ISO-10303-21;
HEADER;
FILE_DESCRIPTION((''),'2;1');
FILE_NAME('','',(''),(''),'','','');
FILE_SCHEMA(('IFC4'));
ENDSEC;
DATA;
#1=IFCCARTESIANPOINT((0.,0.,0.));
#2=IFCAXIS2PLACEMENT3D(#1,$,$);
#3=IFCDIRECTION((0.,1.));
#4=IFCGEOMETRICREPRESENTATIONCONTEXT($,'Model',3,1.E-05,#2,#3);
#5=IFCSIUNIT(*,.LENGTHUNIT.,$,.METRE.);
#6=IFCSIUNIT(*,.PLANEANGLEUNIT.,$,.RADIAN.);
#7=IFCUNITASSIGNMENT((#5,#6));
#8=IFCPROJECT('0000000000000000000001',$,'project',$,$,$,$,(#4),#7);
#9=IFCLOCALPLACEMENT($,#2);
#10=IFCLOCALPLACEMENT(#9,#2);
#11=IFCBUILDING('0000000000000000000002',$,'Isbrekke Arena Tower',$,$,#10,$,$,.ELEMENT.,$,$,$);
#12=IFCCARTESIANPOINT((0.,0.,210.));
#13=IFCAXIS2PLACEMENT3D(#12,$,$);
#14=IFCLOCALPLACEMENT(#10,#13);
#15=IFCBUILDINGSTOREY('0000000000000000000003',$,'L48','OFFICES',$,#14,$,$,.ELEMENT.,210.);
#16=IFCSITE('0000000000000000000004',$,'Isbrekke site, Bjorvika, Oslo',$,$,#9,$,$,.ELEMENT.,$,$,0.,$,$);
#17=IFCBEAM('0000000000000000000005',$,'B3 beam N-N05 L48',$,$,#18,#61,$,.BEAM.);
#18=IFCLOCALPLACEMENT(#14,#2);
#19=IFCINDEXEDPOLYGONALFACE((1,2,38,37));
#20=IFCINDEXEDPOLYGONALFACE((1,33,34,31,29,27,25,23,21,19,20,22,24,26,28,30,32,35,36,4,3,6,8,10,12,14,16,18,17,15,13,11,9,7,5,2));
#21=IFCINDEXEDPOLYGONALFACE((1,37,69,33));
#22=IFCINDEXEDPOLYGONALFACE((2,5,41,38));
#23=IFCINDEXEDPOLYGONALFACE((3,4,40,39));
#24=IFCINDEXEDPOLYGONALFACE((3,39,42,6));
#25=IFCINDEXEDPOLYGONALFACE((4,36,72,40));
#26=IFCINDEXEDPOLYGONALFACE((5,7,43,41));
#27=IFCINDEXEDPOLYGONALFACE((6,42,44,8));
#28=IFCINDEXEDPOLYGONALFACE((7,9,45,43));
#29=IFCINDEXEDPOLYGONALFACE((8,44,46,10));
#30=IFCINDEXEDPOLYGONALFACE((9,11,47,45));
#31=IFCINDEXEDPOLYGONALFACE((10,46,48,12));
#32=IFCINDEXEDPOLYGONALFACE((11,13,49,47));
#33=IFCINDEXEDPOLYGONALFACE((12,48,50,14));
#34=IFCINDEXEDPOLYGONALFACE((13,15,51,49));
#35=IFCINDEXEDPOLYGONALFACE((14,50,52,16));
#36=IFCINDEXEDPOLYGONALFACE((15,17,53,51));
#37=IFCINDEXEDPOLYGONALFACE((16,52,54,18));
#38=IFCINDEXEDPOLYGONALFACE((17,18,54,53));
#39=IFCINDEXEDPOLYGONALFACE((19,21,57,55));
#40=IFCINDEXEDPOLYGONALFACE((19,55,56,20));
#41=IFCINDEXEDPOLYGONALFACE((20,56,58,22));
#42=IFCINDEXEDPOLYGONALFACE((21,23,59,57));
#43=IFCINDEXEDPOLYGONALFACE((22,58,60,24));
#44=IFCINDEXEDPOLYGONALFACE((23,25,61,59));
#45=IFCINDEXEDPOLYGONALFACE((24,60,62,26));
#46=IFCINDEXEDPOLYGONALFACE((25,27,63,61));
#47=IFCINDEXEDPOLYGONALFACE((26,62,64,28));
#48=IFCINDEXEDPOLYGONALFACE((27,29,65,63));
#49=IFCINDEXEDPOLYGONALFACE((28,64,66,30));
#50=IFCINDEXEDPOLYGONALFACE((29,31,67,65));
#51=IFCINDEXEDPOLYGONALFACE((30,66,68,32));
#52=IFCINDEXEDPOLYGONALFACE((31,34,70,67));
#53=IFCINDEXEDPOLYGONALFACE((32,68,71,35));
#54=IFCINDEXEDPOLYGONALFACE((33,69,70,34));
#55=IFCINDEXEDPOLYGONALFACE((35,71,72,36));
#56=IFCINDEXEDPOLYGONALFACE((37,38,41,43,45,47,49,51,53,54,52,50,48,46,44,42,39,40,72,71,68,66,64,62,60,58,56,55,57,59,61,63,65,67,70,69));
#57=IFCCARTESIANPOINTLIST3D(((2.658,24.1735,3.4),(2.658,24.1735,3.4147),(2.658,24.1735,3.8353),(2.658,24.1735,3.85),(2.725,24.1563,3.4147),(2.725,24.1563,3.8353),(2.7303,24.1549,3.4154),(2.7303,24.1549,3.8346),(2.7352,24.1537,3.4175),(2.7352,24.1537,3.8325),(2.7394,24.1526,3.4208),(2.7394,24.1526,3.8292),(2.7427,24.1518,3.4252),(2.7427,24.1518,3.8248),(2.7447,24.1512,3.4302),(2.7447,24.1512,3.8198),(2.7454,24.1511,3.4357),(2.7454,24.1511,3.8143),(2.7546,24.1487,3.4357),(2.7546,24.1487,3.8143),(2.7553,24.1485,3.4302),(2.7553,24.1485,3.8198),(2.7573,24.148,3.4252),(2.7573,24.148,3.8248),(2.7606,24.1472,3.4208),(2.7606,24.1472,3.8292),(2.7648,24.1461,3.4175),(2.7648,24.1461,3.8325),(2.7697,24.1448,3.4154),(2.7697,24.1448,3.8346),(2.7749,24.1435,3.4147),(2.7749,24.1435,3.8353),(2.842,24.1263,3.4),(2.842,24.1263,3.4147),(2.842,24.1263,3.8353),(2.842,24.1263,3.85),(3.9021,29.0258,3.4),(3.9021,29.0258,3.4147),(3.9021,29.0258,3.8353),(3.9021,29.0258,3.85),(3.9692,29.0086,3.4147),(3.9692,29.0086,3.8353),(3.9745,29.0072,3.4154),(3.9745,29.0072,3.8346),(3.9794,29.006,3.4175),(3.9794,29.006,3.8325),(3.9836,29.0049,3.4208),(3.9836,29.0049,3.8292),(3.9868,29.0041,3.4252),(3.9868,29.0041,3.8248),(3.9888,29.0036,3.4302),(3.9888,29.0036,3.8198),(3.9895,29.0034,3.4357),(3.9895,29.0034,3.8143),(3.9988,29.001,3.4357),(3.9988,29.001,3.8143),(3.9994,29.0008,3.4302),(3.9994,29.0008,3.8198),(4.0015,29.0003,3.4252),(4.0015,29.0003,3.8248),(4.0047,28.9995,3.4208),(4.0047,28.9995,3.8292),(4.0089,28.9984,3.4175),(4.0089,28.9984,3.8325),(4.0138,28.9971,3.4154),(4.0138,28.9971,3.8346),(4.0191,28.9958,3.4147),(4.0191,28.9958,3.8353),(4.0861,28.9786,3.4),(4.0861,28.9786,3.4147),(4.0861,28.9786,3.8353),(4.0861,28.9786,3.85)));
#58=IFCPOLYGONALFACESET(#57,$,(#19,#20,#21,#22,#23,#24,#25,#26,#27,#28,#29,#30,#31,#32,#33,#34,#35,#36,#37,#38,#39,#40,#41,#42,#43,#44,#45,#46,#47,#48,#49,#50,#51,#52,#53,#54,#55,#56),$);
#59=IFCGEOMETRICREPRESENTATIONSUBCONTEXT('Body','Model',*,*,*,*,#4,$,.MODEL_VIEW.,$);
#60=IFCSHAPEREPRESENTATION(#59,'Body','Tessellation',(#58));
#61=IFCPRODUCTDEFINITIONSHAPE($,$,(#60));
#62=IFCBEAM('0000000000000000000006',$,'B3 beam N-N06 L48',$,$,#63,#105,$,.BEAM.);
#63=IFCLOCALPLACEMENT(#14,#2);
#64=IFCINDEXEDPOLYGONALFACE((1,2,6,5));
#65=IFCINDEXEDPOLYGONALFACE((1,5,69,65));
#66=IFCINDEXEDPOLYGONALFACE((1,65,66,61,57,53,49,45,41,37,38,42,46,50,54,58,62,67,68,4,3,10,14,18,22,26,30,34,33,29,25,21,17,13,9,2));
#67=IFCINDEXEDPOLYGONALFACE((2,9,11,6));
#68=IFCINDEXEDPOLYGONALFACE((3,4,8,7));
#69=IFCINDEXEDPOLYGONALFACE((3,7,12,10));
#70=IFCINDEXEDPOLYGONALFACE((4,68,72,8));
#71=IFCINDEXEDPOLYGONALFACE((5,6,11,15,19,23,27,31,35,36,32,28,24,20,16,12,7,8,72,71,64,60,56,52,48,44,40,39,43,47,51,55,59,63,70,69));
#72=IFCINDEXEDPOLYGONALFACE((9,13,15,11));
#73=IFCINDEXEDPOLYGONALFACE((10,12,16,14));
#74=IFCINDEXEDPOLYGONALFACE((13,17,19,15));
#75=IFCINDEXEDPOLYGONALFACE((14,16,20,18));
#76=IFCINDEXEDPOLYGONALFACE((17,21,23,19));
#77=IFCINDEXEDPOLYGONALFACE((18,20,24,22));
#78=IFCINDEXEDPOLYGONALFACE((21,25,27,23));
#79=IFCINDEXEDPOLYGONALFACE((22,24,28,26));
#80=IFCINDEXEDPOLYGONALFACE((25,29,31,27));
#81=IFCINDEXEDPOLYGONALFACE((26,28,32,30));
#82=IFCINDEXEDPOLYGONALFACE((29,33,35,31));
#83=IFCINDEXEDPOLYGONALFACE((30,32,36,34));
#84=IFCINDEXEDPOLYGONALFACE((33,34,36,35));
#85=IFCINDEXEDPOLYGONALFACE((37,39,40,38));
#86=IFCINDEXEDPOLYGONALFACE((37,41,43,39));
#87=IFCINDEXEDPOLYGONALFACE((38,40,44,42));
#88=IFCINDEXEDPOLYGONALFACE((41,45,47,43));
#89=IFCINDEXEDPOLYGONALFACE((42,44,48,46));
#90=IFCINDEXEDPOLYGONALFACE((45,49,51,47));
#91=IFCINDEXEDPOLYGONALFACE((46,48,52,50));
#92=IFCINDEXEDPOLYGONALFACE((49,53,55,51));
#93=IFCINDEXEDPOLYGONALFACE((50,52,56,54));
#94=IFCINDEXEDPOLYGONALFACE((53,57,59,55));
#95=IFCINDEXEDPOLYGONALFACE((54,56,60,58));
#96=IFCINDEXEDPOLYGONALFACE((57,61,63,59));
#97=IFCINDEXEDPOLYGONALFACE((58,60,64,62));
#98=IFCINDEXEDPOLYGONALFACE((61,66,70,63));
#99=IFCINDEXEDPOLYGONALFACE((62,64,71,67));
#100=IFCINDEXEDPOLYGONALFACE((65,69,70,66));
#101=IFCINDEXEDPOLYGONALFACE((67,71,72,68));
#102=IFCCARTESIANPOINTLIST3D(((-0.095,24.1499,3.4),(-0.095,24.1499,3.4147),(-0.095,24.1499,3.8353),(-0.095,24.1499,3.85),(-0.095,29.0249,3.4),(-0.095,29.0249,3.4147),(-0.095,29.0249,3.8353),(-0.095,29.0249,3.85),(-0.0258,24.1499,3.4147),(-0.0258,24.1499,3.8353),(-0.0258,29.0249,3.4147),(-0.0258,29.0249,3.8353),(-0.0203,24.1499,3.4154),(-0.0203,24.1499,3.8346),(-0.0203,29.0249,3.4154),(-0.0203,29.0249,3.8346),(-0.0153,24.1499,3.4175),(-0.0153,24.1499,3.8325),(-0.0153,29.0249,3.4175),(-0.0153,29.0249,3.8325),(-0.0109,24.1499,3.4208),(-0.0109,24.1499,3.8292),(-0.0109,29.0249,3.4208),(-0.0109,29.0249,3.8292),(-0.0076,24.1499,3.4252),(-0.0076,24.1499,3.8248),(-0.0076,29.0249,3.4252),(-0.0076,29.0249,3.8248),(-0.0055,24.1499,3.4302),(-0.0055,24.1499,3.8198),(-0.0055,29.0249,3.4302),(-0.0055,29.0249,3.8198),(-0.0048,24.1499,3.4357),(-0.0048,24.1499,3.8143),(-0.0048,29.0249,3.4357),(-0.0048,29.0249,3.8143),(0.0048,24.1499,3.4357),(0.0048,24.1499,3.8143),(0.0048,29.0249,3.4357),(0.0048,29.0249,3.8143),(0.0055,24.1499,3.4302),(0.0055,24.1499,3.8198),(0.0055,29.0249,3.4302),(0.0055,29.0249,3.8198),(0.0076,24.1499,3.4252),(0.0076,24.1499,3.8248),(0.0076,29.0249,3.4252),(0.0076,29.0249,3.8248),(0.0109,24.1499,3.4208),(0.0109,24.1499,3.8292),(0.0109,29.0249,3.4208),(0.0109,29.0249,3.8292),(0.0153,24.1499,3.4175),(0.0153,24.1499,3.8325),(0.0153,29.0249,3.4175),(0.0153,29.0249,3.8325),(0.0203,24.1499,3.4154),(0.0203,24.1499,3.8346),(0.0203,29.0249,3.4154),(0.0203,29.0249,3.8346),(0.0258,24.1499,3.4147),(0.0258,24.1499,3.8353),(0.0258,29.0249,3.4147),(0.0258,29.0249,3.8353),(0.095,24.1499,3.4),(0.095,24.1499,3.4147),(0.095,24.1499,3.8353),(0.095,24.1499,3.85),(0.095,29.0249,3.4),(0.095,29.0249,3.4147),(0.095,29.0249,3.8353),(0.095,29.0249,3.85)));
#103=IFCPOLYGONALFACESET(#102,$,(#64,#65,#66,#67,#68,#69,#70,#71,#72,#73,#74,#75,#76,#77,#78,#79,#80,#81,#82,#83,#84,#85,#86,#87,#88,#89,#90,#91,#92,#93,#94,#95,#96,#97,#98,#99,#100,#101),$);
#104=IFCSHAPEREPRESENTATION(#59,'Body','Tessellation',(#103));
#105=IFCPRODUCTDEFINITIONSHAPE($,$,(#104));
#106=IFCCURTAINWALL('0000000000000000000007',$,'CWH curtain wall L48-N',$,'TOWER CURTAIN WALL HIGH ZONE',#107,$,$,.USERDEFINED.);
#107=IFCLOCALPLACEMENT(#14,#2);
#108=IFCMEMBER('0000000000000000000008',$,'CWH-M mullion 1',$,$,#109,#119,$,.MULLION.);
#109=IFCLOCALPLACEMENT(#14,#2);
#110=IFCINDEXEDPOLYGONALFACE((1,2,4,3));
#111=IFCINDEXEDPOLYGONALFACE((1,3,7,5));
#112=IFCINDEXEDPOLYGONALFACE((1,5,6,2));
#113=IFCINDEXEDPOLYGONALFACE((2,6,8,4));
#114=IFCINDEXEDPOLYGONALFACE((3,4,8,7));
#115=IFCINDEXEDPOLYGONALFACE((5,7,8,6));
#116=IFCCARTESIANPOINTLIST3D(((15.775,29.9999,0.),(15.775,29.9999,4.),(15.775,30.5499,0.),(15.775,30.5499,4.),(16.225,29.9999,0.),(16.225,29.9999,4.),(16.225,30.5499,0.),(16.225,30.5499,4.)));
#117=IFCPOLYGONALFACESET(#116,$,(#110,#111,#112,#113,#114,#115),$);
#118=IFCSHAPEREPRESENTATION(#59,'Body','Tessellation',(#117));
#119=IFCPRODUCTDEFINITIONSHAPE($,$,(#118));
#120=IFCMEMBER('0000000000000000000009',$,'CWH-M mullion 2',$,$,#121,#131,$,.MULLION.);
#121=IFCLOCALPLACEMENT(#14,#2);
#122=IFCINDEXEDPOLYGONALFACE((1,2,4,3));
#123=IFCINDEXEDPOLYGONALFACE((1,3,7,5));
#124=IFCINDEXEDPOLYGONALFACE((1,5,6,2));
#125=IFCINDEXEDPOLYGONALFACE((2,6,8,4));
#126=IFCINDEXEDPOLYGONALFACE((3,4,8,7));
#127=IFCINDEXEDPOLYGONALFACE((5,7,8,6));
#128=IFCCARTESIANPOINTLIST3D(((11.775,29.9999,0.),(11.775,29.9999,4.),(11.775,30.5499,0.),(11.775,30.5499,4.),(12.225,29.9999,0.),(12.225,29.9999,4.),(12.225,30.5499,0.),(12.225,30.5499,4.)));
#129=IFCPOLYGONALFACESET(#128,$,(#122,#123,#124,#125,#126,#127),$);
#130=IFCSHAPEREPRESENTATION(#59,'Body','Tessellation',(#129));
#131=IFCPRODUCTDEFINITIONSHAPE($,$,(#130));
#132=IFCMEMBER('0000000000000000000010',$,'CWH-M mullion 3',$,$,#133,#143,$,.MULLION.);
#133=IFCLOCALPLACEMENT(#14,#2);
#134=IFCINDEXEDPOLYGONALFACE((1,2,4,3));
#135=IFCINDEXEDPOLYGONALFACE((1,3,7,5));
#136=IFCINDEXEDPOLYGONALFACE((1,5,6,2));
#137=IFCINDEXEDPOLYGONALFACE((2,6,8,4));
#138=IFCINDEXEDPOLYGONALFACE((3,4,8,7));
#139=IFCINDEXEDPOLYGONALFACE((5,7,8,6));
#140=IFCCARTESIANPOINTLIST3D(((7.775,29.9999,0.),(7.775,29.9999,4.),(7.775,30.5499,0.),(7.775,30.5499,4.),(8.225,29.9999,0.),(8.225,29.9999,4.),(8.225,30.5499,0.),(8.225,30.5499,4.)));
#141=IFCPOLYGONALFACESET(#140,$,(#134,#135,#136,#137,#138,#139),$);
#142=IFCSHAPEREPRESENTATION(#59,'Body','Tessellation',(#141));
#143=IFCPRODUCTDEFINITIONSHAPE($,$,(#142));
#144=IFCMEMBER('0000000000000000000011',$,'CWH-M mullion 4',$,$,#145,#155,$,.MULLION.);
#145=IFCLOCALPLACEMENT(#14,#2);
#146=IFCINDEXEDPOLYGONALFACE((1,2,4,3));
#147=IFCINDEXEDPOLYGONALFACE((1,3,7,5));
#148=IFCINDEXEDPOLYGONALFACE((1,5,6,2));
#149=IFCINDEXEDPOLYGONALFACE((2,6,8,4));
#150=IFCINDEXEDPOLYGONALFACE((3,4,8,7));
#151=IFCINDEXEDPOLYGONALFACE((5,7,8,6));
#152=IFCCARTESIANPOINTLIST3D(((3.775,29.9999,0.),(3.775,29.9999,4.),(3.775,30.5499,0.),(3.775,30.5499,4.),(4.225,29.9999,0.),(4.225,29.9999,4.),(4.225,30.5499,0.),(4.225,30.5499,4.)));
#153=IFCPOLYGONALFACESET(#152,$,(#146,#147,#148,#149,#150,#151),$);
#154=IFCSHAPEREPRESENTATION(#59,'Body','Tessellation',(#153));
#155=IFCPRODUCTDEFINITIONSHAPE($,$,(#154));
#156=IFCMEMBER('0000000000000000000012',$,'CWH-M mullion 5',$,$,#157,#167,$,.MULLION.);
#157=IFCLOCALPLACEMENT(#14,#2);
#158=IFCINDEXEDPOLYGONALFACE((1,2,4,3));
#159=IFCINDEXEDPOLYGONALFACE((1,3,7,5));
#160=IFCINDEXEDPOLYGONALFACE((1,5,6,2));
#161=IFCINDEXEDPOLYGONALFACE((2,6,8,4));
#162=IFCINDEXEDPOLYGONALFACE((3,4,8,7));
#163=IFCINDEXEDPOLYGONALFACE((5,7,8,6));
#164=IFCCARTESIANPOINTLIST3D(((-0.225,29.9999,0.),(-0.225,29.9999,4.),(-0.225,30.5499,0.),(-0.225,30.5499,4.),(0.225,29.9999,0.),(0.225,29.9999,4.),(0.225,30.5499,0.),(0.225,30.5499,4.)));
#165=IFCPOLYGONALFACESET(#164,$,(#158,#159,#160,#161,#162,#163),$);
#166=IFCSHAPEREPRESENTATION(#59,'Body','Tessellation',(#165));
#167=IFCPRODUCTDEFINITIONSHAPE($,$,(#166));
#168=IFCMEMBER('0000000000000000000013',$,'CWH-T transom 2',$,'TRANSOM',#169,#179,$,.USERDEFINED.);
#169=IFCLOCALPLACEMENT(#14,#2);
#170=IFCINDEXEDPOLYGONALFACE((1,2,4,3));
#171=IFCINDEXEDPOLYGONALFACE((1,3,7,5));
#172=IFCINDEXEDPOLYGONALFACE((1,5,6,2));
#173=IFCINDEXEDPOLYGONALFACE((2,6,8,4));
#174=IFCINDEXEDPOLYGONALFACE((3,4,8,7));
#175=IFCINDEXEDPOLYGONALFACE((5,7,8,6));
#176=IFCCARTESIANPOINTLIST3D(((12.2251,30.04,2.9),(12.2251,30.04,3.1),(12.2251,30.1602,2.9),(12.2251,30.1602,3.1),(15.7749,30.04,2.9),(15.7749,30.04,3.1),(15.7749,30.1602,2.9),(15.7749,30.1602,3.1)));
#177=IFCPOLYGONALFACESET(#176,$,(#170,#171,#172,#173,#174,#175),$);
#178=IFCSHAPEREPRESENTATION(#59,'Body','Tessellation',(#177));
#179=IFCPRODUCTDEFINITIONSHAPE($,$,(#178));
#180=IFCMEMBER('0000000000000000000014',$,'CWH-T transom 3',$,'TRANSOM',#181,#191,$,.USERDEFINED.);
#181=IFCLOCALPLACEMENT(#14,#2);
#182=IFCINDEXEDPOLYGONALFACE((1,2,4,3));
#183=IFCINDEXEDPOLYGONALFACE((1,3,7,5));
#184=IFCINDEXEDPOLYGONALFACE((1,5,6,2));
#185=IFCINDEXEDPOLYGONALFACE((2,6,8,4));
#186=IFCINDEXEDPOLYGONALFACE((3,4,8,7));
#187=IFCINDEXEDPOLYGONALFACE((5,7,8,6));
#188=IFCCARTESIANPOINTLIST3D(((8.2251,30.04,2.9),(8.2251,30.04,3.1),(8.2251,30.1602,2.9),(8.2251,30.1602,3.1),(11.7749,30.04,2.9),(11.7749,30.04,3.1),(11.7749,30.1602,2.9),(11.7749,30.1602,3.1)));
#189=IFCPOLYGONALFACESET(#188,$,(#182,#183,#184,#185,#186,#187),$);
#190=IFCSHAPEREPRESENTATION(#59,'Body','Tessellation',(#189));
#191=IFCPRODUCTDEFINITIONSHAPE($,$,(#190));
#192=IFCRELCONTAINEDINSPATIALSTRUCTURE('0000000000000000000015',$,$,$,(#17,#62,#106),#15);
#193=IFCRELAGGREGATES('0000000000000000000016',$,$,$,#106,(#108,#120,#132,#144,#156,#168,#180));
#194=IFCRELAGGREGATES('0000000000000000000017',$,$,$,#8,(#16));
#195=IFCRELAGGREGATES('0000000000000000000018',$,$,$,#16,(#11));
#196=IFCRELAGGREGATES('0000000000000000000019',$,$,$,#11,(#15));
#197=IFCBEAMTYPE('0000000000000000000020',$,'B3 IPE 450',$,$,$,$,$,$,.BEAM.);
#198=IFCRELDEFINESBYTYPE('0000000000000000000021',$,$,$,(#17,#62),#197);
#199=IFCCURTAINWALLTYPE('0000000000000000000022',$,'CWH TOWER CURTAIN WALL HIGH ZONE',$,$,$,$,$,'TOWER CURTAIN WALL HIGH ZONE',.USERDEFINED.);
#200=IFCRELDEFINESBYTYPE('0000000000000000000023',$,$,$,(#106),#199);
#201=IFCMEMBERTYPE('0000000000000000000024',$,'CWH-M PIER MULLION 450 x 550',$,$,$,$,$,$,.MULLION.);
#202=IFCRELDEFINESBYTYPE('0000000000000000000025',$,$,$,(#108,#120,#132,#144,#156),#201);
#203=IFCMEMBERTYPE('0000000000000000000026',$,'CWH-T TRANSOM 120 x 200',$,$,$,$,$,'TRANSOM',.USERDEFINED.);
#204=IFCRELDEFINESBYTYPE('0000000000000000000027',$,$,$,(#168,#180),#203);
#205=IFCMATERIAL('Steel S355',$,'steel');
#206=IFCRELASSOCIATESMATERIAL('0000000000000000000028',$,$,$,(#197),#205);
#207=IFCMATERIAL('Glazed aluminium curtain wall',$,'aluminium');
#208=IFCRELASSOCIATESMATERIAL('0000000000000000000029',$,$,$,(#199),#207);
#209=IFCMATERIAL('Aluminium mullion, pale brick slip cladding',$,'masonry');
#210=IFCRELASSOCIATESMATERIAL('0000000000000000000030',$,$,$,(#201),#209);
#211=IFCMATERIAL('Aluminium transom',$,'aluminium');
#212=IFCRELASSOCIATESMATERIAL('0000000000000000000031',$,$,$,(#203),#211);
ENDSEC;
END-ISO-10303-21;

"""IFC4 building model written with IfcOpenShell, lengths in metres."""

from ifc_helpers import new_model, si_unit, direction, frame, origin, origin_2d, place, context, subcontext, project, spatial, rectangle, i_section, extrude, material, material_profile, profile_set, type_object, element, aggregate, save


model = new_model("IFC4")

# Units and contexts
model_context = context("Model", 3, precision=1e-05, world=origin(), true_north=direction((0.0, 1.0)))
body_context = subcontext(model_context, "Body", "Model", "MODEL_VIEW")
ifc_project = project(units=[si_unit("LENGTHUNIT", "METRE"), si_unit("PLANEANGLEUNIT", "RADIAN")], contexts=[model_context])

# Site, building, storey
site_placement = place(None, origin())
site = spatial("IfcSite", under=ifc_project, at=site_placement, Name="Isbrekke site, Bjorvika, Oslo", CompositionType="ELEMENT", RefElevation=0.0)
building_placement = place(site_placement, origin())
building = spatial("IfcBuilding", under=site, at=building_placement, Name="Isbrekke Arena Tower", CompositionType="ELEMENT")
storey_placement = place(building_placement, frame((0.0, 0.0, 210.0)))
storey = spatial("IfcBuildingStorey", under=building, at=storey_placement, Name="L48", Description="OFFICES", CompositionType="ELEMENT", Elevation=210.0)

# Beams
ifc_material_1 = material(Name="Steel S355", Category="steel")
ifc_material_profile_1 = material_profile(ifc_material_1, i_section(OverallWidth=0.1899, OverallDepth=0.45, WebThickness=0.0095, FlangeThickness=0.0146, FilletRadius=0.021, at=origin_2d()), Name="IPE 450")
ifc_profile_set_1 = profile_set([ifc_material_profile_1], Name="Steel S355")
beam_type_1 = type_object("IfcBeamType", Name="B3 IPE 450", PredefinedType="BEAM", material=ifc_profile_set_1)
beam_1_placement = place(storey_placement, frame((3.9941, 29.0022, 3.625), z_axis=(-0.248368, -0.968666, 0.0), x_axis=(0.968666, -0.248368, 0.0)))
element("IfcBeam", 1, at=beam_1_placement, inside=storey, type_object=beam_type_1, Name="B3 beam N-N05 L48", PredefinedType="BEAM", context=body_context, shape_type="SweptSolid", body=[
    extrude(i_section(OverallWidth=0.1899, OverallDepth=0.45, WebThickness=0.0095, FlangeThickness=0.0146, FilletRadius=0.021, at=origin_2d()), origin(), (0.0, 0.0, 1.0), 5.0093),
])
beam_2_placement = place(storey_placement, frame((0.0, 29.0249, 3.625), z_axis=(0.0, -1.0, 0.0), x_axis=(1.0, 0.0, 0.0)))
element("IfcBeam", 2, at=beam_2_placement, inside=storey, type_object=beam_type_1, Name="B3 beam N-N06 L48", PredefinedType="BEAM", context=body_context, shape_type="SweptSolid", body=[
    extrude(i_section(OverallWidth=0.1899, OverallDepth=0.45, WebThickness=0.0095, FlangeThickness=0.0146, FilletRadius=0.021, at=origin_2d()), origin(), (0.0, 0.0, 1.0), 4.875),
])

# Curtain wall, members
ifc_material_2 = material(Name="Glazed aluminium curtain wall", Category="aluminium")
curtain_wall_type = type_object("IfcCurtainWallType", Name="CWH TOWER CURTAIN WALL HIGH ZONE", ElementType="TOWER CURTAIN WALL HIGH ZONE", PredefinedType="USERDEFINED", material=ifc_material_2)
curtain_wall_placement = place(storey_placement, origin())
curtain_wall = element("IfcCurtainWall", 3, at=curtain_wall_placement, inside=storey, type_object=curtain_wall_type, Name="CWH curtain wall L48-N", ObjectType="TOWER CURTAIN WALL HIGH ZONE", PredefinedType="USERDEFINED")
ifc_material_3 = material(Name="Aluminium mullion, pale brick slip cladding", Category="masonry")
ifc_material_profile_2 = material_profile(ifc_material_3, rectangle(XDim=0.45, YDim=0.55, at=origin_2d()), Name="PIER 450X550")
ifc_profile_set_2 = profile_set([ifc_material_profile_2], Name="Aluminium mullion, pale brick slip cladding")
member_type_1 = type_object("IfcMemberType", Name="CWH-M PIER MULLION 450 x 550", PredefinedType="MULLION", material=ifc_profile_set_2)
member_1_placement = place(storey_placement, frame((16.0, 30.2749, 0.0), z_axis=(0.0, 0.0, 1.0), x_axis=(-1.0, 0.0, 0.0)))
member_1 = element("IfcMember", 4, at=member_1_placement, type_object=member_type_1, Name="CWH-M mullion 1", PredefinedType="MULLION", context=body_context, shape_type="SweptSolid", body=[
    extrude(rectangle(XDim=0.45, YDim=0.55, at=origin_2d()), origin(), (0.0, 0.0, 1.0), 4.0),
])
member_2_placement = place(storey_placement, frame((12.0, 30.2749, 0.0), z_axis=(0.0, 0.0, 1.0), x_axis=(-1.0, 0.0, 0.0)))
member_2 = element("IfcMember", 5, at=member_2_placement, type_object=member_type_1, Name="CWH-M mullion 2", PredefinedType="MULLION", context=body_context, shape_type="SweptSolid", body=[
    extrude(rectangle(XDim=0.45, YDim=0.55, at=origin_2d()), origin(), (0.0, 0.0, 1.0), 4.0),
])
member_3_placement = place(storey_placement, frame((8.0, 30.2749, 0.0), z_axis=(0.0, 0.0, 1.0), x_axis=(-1.0, 0.0, 0.0)))
member_3 = element("IfcMember", 6, at=member_3_placement, type_object=member_type_1, Name="CWH-M mullion 3", PredefinedType="MULLION", context=body_context, shape_type="SweptSolid", body=[
    extrude(rectangle(XDim=0.45, YDim=0.55, at=origin_2d()), origin(), (0.0, 0.0, 1.0), 4.0),
])
member_4_placement = place(storey_placement, frame((4.0, 30.2749, 0.0), z_axis=(0.0, 0.0, 1.0), x_axis=(-1.0, 0.0, 0.0)))
member_4 = element("IfcMember", 7, at=member_4_placement, type_object=member_type_1, Name="CWH-M mullion 4", PredefinedType="MULLION", context=body_context, shape_type="SweptSolid", body=[
    extrude(rectangle(XDim=0.45, YDim=0.55, at=origin_2d()), origin(), (0.0, 0.0, 1.0), 4.0),
])
member_5_placement = place(storey_placement, frame((0.0, 30.2749, 0.0), z_axis=(0.0, 0.0, 1.0), x_axis=(-1.0, 0.0, 0.0)))
member_5 = element("IfcMember", 8, at=member_5_placement, type_object=member_type_1, Name="CWH-M mullion 5", PredefinedType="MULLION", context=body_context, shape_type="SweptSolid", body=[
    extrude(rectangle(XDim=0.45, YDim=0.55, at=origin_2d()), origin(), (0.0, 0.0, 1.0), 4.0),
])
ifc_material_4 = material(Name="Aluminium transom", Category="aluminium")
ifc_material_profile_3 = material_profile(ifc_material_4, rectangle(XDim=0.1201, YDim=0.2, at=origin_2d()), Name="TRANSOM 120X200")
ifc_profile_set_3 = profile_set([ifc_material_profile_3], Name="Aluminium transom")
member_type_2 = type_object("IfcMemberType", Name="CWH-T TRANSOM 120 x 200", ElementType="TRANSOM", PredefinedType="USERDEFINED", material=ifc_profile_set_3)
member_6_placement = place(storey_placement, frame((15.7749, 30.1001, 3.0), z_axis=(-1.0, 0.0, 0.0), x_axis=(0.0, -1.0, 0.0)))
member_6 = element("IfcMember", 9, at=member_6_placement, type_object=member_type_2, Name="CWH-T transom 2", ObjectType="TRANSOM", PredefinedType="USERDEFINED", context=body_context, shape_type="SweptSolid", body=[
    extrude(rectangle(XDim=0.1201, YDim=0.2, at=origin_2d()), origin(), (0.0, 0.0, 1.0), 3.5498),
])
member_7_placement = place(storey_placement, frame((11.7749, 30.1001, 3.0), z_axis=(-1.0, 0.0, 0.0), x_axis=(0.0, -1.0, 0.0)))
member_7 = element("IfcMember", 10, at=member_7_placement, type_object=member_type_2, Name="CWH-T transom 3", ObjectType="TRANSOM", PredefinedType="USERDEFINED", context=body_context, shape_type="SweptSolid", body=[
    extrude(rectangle(XDim=0.1201, YDim=0.2, at=origin_2d()), origin(), (0.0, 0.0, 1.0), 3.5498),
])

aggregate(curtain_wall, [member_1, member_2, member_3, member_4, member_5, member_6, member_7])

save(model, "model.ifc")
